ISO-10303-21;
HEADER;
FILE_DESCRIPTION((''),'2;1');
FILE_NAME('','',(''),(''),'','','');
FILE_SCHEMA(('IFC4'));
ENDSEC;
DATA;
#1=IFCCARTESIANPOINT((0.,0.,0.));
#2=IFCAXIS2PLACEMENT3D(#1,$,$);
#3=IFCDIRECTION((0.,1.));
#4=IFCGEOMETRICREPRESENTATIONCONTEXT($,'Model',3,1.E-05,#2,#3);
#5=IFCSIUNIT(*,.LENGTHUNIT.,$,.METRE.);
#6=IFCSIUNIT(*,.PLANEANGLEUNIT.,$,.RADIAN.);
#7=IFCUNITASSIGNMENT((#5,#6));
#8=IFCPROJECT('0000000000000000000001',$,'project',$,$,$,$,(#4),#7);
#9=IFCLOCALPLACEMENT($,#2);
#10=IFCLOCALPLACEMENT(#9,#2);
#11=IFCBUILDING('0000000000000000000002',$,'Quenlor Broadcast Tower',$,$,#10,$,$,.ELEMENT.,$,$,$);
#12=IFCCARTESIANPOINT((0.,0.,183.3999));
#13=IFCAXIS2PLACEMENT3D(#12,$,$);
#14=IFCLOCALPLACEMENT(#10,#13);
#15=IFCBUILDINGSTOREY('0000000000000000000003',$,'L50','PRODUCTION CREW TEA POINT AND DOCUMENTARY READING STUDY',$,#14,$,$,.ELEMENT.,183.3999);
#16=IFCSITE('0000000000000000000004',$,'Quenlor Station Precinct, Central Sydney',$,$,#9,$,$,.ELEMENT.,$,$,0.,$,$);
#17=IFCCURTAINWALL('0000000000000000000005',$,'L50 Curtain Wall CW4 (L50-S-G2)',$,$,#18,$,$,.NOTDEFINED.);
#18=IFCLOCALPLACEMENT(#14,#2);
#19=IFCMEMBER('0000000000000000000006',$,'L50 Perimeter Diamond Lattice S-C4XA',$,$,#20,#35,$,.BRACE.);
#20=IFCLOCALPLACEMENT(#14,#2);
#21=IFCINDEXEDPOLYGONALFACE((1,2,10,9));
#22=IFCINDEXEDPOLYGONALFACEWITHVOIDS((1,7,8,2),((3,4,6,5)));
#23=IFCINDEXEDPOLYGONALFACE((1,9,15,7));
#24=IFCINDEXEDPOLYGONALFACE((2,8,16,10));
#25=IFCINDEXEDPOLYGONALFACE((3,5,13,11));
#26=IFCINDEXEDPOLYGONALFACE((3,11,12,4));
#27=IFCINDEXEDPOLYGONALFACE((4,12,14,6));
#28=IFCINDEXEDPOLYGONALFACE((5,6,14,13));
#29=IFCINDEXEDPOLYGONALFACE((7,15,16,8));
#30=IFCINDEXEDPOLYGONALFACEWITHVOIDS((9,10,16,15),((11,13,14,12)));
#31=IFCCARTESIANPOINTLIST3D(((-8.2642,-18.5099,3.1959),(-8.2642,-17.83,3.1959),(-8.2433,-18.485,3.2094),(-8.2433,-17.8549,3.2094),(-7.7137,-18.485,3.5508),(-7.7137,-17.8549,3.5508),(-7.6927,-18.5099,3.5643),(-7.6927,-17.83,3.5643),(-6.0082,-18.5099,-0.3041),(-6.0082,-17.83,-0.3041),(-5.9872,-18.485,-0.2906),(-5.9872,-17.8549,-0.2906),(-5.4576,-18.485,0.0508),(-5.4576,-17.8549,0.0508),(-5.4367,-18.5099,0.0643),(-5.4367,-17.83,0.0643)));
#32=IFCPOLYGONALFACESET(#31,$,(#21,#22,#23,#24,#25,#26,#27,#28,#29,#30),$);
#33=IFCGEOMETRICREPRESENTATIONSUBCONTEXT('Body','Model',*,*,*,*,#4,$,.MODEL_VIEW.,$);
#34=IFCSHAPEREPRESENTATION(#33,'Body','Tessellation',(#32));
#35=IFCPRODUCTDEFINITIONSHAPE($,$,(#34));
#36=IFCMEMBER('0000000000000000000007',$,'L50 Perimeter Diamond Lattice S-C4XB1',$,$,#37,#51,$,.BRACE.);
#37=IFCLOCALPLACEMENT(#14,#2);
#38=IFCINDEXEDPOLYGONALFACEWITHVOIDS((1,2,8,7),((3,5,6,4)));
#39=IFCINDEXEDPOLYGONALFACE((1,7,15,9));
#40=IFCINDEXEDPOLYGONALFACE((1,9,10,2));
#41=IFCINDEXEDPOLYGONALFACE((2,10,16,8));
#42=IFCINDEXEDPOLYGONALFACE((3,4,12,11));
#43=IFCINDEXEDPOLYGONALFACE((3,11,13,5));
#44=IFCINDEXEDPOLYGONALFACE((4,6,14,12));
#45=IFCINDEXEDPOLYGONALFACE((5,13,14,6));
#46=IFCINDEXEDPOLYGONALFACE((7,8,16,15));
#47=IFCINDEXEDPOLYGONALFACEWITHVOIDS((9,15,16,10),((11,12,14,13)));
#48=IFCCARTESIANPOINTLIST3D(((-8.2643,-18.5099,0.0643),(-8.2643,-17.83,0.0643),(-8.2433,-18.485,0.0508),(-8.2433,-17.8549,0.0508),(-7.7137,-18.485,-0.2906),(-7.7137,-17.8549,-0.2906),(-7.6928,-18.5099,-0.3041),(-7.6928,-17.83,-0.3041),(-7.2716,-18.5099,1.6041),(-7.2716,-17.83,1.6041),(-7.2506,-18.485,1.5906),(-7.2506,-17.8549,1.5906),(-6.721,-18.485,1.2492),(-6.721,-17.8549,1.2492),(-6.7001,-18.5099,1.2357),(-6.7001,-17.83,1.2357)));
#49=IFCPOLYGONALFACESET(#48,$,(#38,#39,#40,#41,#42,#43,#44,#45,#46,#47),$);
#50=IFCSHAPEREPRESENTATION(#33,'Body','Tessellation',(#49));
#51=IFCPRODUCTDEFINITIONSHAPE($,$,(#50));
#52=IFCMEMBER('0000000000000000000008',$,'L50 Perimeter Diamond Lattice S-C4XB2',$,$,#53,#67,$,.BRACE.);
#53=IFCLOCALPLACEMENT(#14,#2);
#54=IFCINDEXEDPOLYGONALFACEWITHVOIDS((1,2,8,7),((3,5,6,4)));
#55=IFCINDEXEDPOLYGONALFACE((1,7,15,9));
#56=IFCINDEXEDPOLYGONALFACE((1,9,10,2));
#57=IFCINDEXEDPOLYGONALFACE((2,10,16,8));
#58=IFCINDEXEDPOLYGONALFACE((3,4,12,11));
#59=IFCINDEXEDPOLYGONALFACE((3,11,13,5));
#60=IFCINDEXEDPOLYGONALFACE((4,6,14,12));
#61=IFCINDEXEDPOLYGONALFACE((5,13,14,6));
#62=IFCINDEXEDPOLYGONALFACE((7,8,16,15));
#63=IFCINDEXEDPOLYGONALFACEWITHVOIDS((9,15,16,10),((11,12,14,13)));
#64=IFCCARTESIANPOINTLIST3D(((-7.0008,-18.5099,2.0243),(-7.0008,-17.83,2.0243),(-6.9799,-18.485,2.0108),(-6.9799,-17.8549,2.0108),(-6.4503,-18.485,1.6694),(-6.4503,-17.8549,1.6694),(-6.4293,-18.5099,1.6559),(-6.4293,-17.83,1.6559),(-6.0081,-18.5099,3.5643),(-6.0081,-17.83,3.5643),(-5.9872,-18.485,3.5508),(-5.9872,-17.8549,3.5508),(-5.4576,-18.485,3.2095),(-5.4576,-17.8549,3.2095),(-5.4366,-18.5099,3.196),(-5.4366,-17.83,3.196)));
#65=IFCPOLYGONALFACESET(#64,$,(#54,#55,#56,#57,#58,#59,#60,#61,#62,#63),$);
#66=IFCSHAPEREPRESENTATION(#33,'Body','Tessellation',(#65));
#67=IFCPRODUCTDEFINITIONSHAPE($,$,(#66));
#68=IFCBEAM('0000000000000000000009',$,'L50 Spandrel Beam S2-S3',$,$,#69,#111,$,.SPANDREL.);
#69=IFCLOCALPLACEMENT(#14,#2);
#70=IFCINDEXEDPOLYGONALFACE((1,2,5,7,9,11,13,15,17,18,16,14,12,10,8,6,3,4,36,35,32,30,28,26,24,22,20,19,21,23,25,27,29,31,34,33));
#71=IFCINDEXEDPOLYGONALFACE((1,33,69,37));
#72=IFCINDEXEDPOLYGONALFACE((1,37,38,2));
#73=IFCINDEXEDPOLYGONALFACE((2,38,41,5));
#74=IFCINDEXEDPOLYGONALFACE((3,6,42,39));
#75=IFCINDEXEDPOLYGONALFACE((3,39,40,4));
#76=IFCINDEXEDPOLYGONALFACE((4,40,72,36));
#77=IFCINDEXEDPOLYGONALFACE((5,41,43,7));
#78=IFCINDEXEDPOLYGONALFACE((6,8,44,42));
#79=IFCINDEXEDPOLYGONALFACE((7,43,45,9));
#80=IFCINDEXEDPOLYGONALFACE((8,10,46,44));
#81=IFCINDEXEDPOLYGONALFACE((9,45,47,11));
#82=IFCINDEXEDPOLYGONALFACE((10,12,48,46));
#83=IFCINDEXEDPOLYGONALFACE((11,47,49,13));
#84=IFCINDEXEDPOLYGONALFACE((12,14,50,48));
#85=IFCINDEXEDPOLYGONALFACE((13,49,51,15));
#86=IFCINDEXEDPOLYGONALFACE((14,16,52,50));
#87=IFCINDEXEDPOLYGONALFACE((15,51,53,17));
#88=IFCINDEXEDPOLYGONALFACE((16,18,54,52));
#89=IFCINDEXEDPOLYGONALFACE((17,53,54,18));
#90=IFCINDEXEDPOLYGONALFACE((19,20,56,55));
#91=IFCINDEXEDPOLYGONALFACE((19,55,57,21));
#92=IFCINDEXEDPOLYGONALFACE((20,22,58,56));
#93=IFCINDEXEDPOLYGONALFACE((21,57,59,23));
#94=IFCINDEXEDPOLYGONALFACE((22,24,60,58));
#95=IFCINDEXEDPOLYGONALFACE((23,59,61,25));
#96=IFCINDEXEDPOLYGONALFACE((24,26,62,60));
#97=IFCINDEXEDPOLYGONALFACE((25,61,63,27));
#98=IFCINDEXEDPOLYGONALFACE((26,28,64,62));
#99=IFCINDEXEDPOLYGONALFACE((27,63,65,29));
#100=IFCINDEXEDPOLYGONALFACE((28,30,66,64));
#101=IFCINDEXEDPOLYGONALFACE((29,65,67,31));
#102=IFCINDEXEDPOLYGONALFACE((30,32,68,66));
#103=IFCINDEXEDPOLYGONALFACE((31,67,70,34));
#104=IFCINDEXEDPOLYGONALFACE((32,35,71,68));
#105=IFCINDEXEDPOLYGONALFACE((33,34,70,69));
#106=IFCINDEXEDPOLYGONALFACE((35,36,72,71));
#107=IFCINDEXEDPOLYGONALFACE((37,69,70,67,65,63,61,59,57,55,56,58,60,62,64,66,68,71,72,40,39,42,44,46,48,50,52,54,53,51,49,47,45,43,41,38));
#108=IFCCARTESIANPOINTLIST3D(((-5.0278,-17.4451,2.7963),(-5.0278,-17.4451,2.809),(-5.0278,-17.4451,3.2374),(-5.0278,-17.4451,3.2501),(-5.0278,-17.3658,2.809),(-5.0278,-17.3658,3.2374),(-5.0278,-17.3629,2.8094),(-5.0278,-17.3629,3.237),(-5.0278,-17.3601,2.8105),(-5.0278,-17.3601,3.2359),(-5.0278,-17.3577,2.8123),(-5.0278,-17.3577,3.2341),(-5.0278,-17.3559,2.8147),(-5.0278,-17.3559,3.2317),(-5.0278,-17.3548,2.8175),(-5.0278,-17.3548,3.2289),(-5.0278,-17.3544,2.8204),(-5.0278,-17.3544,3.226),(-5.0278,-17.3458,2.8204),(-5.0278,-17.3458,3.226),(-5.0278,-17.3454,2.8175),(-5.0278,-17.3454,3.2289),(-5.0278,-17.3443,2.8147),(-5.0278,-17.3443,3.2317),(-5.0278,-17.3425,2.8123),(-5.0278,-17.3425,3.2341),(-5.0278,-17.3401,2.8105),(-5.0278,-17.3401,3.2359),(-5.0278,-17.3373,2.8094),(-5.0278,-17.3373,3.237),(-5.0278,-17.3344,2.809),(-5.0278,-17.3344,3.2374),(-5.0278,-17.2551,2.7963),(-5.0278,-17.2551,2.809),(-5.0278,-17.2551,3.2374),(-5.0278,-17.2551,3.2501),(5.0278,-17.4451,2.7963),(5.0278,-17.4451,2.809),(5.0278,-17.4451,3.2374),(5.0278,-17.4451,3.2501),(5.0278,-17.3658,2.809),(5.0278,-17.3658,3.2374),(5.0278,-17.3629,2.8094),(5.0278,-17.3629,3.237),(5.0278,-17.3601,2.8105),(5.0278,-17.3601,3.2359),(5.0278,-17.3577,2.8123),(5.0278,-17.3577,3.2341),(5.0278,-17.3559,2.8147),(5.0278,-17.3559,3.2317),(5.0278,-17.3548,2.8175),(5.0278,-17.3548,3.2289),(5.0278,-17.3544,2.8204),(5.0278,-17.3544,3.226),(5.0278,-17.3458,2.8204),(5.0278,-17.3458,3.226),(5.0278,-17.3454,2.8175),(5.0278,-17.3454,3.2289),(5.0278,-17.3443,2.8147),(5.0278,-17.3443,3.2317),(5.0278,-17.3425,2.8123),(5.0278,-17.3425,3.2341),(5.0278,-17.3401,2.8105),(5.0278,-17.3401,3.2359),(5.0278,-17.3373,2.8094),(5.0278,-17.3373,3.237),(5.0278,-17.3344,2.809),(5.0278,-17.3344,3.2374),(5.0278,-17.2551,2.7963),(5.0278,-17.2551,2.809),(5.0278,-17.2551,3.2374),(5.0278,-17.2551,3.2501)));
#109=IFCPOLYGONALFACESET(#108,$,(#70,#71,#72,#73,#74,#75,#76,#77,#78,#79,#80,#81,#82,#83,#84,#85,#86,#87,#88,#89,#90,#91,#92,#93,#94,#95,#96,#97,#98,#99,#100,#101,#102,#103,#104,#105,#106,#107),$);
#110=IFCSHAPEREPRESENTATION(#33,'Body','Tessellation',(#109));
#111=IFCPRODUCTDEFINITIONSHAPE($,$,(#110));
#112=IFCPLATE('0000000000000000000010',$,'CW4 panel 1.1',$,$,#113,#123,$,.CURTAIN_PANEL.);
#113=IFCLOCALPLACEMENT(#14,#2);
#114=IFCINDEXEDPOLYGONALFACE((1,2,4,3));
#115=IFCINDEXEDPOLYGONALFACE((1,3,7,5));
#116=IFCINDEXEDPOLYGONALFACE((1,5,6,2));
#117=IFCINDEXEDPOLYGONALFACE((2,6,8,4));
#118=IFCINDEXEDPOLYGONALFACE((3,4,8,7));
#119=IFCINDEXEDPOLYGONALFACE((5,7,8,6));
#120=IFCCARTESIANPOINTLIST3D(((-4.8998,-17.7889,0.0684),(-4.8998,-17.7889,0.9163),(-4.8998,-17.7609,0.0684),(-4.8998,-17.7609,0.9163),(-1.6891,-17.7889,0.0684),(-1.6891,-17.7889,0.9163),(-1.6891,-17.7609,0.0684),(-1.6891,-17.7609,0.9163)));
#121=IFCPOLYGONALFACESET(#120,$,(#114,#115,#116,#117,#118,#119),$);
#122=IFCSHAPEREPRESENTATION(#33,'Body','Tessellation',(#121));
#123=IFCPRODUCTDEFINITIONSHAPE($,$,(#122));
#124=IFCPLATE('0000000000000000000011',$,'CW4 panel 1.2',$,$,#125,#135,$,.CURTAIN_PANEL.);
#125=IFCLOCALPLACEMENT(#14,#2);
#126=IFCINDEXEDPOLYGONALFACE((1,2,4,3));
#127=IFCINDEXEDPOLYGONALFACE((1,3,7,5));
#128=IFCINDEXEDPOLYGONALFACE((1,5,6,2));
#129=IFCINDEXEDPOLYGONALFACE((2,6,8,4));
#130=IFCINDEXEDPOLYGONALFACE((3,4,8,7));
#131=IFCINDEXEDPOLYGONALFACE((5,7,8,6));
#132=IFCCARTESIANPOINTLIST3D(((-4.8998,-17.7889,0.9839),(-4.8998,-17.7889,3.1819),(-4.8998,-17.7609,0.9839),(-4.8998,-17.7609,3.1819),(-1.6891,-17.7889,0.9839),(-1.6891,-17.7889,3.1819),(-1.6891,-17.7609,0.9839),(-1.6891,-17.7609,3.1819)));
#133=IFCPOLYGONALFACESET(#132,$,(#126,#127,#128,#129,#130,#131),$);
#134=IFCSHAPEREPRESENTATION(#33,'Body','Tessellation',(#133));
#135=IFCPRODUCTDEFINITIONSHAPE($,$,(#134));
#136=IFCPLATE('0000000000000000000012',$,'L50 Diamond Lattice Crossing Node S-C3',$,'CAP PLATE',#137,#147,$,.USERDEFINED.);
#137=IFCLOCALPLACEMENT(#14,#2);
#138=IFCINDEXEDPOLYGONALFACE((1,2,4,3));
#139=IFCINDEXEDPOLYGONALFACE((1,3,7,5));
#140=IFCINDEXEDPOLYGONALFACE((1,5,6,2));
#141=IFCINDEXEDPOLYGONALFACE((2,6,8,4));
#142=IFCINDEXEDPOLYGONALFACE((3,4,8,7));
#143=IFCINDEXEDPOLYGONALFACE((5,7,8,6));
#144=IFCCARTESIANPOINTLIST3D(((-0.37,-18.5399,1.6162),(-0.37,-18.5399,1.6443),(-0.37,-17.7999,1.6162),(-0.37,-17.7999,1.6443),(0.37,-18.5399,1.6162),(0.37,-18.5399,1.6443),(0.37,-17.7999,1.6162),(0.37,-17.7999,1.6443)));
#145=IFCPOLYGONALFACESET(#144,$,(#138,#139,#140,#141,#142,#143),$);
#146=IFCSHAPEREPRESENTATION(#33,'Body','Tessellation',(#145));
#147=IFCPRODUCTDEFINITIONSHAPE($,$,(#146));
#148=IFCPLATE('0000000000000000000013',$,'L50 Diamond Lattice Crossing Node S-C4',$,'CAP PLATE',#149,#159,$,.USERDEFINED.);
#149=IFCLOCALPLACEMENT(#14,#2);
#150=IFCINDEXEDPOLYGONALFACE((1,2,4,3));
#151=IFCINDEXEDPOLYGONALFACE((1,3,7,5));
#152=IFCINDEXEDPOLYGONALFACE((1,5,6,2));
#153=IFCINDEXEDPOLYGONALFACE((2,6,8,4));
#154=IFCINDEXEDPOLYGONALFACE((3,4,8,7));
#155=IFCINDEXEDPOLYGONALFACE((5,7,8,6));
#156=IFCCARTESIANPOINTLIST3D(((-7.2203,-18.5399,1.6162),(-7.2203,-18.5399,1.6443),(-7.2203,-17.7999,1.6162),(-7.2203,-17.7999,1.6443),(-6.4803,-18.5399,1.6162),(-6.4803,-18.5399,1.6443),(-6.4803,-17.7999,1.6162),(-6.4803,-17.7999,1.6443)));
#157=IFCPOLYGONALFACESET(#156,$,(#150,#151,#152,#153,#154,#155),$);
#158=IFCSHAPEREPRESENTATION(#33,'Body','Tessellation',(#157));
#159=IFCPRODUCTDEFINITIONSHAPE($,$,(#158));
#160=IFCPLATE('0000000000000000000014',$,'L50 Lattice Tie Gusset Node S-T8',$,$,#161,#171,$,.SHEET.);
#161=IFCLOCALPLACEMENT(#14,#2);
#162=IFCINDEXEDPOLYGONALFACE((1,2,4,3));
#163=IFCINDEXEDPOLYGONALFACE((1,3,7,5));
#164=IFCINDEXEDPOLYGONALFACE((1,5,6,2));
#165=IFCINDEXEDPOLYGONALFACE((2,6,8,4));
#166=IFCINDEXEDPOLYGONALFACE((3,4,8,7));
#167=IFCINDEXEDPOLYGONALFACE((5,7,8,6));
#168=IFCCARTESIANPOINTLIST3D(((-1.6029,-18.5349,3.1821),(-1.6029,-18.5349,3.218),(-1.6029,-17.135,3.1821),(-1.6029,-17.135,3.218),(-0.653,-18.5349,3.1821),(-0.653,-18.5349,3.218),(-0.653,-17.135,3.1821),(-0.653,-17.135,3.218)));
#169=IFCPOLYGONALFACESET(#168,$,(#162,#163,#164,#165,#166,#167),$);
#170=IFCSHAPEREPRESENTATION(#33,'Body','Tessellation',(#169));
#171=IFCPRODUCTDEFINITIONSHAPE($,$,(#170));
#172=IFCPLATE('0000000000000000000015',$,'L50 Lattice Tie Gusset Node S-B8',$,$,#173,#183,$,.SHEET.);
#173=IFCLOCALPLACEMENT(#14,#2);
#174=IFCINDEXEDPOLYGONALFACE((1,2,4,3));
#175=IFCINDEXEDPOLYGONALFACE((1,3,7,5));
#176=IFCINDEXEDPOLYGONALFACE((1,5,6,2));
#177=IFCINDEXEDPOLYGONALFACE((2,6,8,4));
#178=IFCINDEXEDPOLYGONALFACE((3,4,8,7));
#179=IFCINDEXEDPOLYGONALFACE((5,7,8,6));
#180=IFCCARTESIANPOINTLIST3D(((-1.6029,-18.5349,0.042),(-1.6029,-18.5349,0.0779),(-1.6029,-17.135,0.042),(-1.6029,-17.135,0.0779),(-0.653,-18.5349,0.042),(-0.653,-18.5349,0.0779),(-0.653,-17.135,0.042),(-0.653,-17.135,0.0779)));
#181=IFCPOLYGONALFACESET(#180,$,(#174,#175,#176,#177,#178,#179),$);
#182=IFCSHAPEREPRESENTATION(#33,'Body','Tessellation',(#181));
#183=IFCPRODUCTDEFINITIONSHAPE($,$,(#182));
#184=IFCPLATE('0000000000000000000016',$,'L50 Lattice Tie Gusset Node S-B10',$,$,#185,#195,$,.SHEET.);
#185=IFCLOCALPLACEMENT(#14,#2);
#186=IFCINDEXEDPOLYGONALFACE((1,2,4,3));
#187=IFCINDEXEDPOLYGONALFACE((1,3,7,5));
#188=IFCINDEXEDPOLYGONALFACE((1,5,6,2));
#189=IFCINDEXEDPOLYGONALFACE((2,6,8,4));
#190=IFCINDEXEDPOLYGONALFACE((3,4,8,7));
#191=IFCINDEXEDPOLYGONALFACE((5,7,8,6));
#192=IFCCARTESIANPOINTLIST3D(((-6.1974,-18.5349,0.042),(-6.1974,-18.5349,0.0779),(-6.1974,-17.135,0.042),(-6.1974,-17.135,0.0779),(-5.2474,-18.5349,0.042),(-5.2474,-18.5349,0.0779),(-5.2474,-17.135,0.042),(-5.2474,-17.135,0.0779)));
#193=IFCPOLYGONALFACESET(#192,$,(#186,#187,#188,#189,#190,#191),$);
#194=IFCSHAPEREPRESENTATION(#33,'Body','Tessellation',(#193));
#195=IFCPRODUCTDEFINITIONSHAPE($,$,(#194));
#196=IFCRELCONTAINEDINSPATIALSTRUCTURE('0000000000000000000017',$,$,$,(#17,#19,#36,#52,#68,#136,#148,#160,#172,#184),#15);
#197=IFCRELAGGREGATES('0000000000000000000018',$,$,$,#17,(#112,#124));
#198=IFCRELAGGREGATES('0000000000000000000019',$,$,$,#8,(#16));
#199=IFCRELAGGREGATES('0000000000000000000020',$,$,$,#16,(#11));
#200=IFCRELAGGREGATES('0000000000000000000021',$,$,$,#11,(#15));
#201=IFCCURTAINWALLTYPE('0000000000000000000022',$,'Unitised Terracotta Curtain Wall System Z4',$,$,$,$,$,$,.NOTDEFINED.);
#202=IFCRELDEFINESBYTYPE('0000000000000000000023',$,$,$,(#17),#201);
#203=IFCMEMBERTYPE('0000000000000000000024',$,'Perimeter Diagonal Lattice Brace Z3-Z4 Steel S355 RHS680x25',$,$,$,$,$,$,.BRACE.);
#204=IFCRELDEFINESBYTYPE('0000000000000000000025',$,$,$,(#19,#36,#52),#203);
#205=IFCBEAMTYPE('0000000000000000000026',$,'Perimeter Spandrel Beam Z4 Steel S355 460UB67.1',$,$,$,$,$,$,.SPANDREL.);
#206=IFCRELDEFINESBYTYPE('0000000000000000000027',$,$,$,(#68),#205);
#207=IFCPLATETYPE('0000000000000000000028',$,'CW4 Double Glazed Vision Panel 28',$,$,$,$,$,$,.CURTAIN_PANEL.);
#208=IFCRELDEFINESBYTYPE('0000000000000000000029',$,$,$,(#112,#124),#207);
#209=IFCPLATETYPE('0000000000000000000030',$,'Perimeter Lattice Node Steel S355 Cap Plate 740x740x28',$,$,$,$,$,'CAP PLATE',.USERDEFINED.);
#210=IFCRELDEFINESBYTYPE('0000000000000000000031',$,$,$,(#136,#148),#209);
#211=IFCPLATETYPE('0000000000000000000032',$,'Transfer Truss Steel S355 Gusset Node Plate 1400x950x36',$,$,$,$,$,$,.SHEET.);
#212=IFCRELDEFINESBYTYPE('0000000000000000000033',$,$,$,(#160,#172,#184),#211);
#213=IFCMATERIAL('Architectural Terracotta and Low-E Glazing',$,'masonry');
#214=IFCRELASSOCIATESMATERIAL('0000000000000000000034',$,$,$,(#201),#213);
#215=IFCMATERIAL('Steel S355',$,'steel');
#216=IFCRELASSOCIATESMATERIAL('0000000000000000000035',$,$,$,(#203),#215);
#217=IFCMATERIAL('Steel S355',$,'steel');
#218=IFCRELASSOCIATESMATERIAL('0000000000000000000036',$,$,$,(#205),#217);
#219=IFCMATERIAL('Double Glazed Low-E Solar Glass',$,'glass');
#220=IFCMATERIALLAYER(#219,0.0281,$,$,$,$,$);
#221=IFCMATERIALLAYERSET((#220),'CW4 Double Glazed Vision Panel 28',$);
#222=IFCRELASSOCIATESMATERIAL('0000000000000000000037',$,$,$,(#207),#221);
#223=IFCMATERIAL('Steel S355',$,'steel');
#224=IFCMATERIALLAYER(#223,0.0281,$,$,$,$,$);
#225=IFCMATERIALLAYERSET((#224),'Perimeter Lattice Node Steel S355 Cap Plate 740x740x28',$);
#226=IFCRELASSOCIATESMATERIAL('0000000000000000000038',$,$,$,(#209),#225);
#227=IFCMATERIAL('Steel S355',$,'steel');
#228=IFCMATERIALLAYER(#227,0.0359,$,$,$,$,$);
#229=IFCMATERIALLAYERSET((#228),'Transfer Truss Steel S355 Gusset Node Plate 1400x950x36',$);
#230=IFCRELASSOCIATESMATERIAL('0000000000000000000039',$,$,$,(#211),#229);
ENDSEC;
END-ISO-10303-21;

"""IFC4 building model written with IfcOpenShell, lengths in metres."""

from ifc_helpers import new_model, si_unit, direction, frame, origin, origin_2d, place, context, subcontext, project, spatial, rectangle, hollow_rectangle, i_section, extrude, material, layer, layer_set, material_profile, profile_set, type_object, element, aggregate, save


model = new_model("IFC4")

# Units and contexts
model_context = context("Model", 3, precision=1e-05, world=origin(), true_north=direction((0.0, 1.0)))
body_context = subcontext(model_context, "Body", "Model", "MODEL_VIEW")
ifc_project = project(units=[si_unit("LENGTHUNIT", "METRE"), si_unit("PLANEANGLEUNIT", "RADIAN")], contexts=[model_context])

# Site, building, storey
site_placement = place(None, origin())
site = spatial("IfcSite", under=ifc_project, at=site_placement, Name="Quenlor Station Precinct, Central Sydney", CompositionType="ELEMENT", RefElevation=0.0)
building_placement = place(site_placement, origin())
building = spatial("IfcBuilding", under=site, at=building_placement, Name="Quenlor Broadcast Tower", CompositionType="ELEMENT")
storey_placement = place(building_placement, frame((0.0, 0.0, 183.3999)))
storey = spatial("IfcBuildingStorey", under=building, at=storey_placement, Name="L50", Description="PRODUCTION CREW TEA POINT AND DOCUMENTARY READING STUDY", CompositionType="ELEMENT", Elevation=183.3999)

# Curtain wall
ifc_material_1 = material(Name="Architectural Terracotta and Low-E Glazing", Category="masonry")
curtain_wall_type = type_object("IfcCurtainWallType", Name="Unitised Terracotta Curtain Wall System Z4", PredefinedType="NOTDEFINED", material=ifc_material_1)
curtain_wall_placement = place(storey_placement, origin())
curtain_wall = element("IfcCurtainWall", 1, at=curtain_wall_placement, inside=storey, type_object=curtain_wall_type, Name="L50 Curtain Wall CW4 (L50-S-G2)", PredefinedType="NOTDEFINED")

# Members
ifc_material_2 = material(Name="Steel S355", Category="steel")
ifc_material_profile_1 = material_profile(ifc_material_2, hollow_rectangle(XDim=0.6799, YDim=0.6799, WallThickness=0.0249, at=origin_2d()))
ifc_profile_set_1 = profile_set([ifc_material_profile_1], Name="Steel S355 RHS680x680x25")
member_type_1 = type_object("IfcMemberType", Name="Perimeter Diagonal Lattice Brace Z3-Z4 Steel S355 RHS680x25", PredefinedType="BRACE", material=ifc_profile_set_1)
member_1_placement = place(storey_placement, frame((-5.7224, -18.1699, -0.1199), z_axis=(-0.541794, 0.0, 0.840511), x_axis=(0.0, -1.0, 0.0)))
element("IfcMember", 2, at=member_1_placement, inside=storey, type_object=member_type_1, Name="L50 Perimeter Diamond Lattice S-C4XA", PredefinedType="BRACE", context=body_context, shape_type="SweptSolid", body=[
    extrude(hollow_rectangle(XDim=0.6799, YDim=0.6799, WallThickness=0.0249, at=origin_2d()), origin(), (0.0, 0.0, 1.0), 4.1641),
])
member_2_placement = place(storey_placement, frame((-7.9785, -18.1699, -0.1199), z_axis=(0.541842, 0.0, 0.840481), x_axis=(0.0, 1.0, 0.0)))
element("IfcMember", 3, at=member_2_placement, inside=storey, type_object=member_type_1, Name="L50 Perimeter Diamond Lattice S-C4XB1", PredefinedType="BRACE", context=body_context, shape_type="SweptSolid", body=[
    extrude(hollow_rectangle(XDim=0.6799, YDim=0.6799, WallThickness=0.0249, at=origin_2d()), origin(), (0.0, 0.0, 1.0), 1.832),
])
member_3_placement = place(storey_placement, frame((-6.7151, -18.1699, 1.8401), z_axis=(0.541781, 0.0, 0.84052), x_axis=(0.0, 1.0, 0.0)))
element("IfcMember", 4, at=member_3_placement, inside=storey, type_object=member_type_1, Name="L50 Perimeter Diamond Lattice S-C4XB2", PredefinedType="BRACE", context=body_context, shape_type="SweptSolid", body=[
    extrude(hollow_rectangle(XDim=0.6799, YDim=0.6799, WallThickness=0.0249, at=origin_2d()), origin(), (0.0, 0.0, 1.0), 1.8323),
])

# Beam
ifc_material_3 = material(Name="Steel S355", Category="steel")
ifc_material_profile_2 = material_profile(ifc_material_3, i_section(OverallWidth=0.1899, OverallDepth=0.4539, WebThickness=0.0085, FlangeThickness=0.0127, FilletRadius=0.0115, at=origin_2d()))
ifc_profile_set_2 = profile_set([ifc_material_profile_2], Name="Steel S355 460UB67.1")
beam_type_1 = type_object("IfcBeamType", Name="Perimeter Spandrel Beam Z4 Steel S355 460UB67.1", PredefinedType="SPANDREL", material=ifc_profile_set_2)
beam_1_placement = place(storey_placement, frame((-5.0278, -17.3501, 3.0232), z_axis=(1.0, 0.0, 0.0), x_axis=(0.0, 1.0, 0.0)))
element("IfcBeam", 5, at=beam_1_placement, inside=storey, type_object=beam_type_1, Name="L50 Spandrel Beam S2-S3", PredefinedType="SPANDREL", context=body_context, shape_type="SweptSolid", body=[
    extrude(i_section(OverallWidth=0.1899, OverallDepth=0.4539, WebThickness=0.0085, FlangeThickness=0.0127, FilletRadius=0.0115, at=origin_2d()), origin(), (0.0, 0.0, 1.0), 10.0557),
])

# Plates
ifc_material_4 = material(Name="Double Glazed Low-E Solar Glass", Category="glass")
ifc_layer_1 = layer(ifc_material_4, 0.0281)
ifc_layer_set_1 = layer_set([ifc_layer_1], Name="CW4 Double Glazed Vision Panel 28")
plate_type_1 = type_object("IfcPlateType", Name="CW4 Double Glazed Vision Panel 28", PredefinedType="CURTAIN_PANEL", material=ifc_layer_set_1)
plate_1_placement = place(storey_placement, frame((-3.2944, -17.7749, 0.0684), z_axis=(0.0, 0.0, 1.0), x_axis=(-1.0, 0.0, 0.0)))
plate_1 = element("IfcPlate", 6, at=plate_1_placement, type_object=plate_type_1, Name="CW4 panel 1.1", PredefinedType="CURTAIN_PANEL", context=body_context, shape_type="SweptSolid", body=[
    extrude(rectangle(XDim=3.2107, YDim=0.0281, at=origin_2d()), origin(), (0.0, 0.0, 1.0), 0.8479),
])
plate_2_placement = place(storey_placement, frame((-3.2944, -17.7749, 0.9839), z_axis=(0.0, 0.0, 1.0), x_axis=(-1.0, 0.0, 0.0)))
plate_2 = element("IfcPlate", 7, at=plate_2_placement, type_object=plate_type_1, Name="CW4 panel 1.2", PredefinedType="CURTAIN_PANEL", context=body_context, shape_type="SweptSolid", body=[
    extrude(rectangle(XDim=3.2107, YDim=0.0281, at=origin_2d()), origin(), (0.0, 0.0, 1.0), 2.198),
])
aggregate(curtain_wall, [plate_1, plate_2])

# Plates
ifc_material_5 = material(Name="Steel S355", Category="steel")
ifc_layer_2 = layer(ifc_material_5, 0.0281)
ifc_layer_set_2 = layer_set([ifc_layer_2], Name="Perimeter Lattice Node Steel S355 Cap Plate 740x740x28")
plate_type_2 = type_object("IfcPlateType", Name="Perimeter Lattice Node Steel S355 Cap Plate 740x740x28", ElementType="CAP PLATE", PredefinedType="USERDEFINED", material=ifc_layer_set_2)
for number, where, z_axis, x_axis, name in (
    (8, (0.0, -18.1699, 1.6162), (0.0, 0.0, 1.0), (-1.0, 0.0, 0.0), "L50 Diamond Lattice Crossing Node S-C3"),
    (9, (-6.8503, -18.1699, 1.6162), (0.0, 0.0, 1.0), (-1.0, 0.0, 0.0), "L50 Diamond Lattice Crossing Node S-C4"),
):
    element("IfcPlate", number, at=place(storey_placement, frame(where, z_axis=z_axis, x_axis=x_axis)), inside=storey, type_object=plate_type_2, Name=name, ObjectType="CAP PLATE", PredefinedType="USERDEFINED", context=body_context, shape_type="SweptSolid", body=[
        extrude(rectangle(XDim=0.74, YDim=0.74, at=origin_2d()), origin(), (0.0, 0.0, 1.0), 0.0281),
    ])
ifc_material_6 = material(Name="Steel S355", Category="steel")
ifc_layer_3 = layer(ifc_material_6, 0.0359)
ifc_layer_set_3 = layer_set([ifc_layer_3], Name="Transfer Truss Steel S355 Gusset Node Plate 1400x950x36")
plate_type_3 = type_object("IfcPlateType", Name="Transfer Truss Steel S355 Gusset Node Plate 1400x950x36", PredefinedType="SHEET", material=ifc_layer_set_3)
for number, where, z_axis, x_axis, name in (
    (10, (-1.1279, -17.835, 3.1821), (0.0, 0.0, 1.0), (0.0, -1.0, 0.0), "L50 Lattice Tie Gusset Node S-T8"),
    (11, (-1.1279, -17.835, 0.042), (0.0, 0.0, 1.0), (0.0, -1.0, 0.0), "L50 Lattice Tie Gusset Node S-B8"),
    (12, (-5.7224, -17.835, 0.042), (0.0, 0.0, 1.0), (0.0, -1.0, 0.0), "L50 Lattice Tie Gusset Node S-B10"),
):
    element("IfcPlate", number, at=place(storey_placement, frame(where, z_axis=z_axis, x_axis=x_axis)), inside=storey, type_object=plate_type_3, Name=name, PredefinedType="SHEET", context=body_context, shape_type="SweptSolid", body=[
        extrude(rectangle(XDim=1.3999, YDim=0.95, at=origin_2d()), origin(), (0.0, 0.0, 1.0), 0.0359),
    ])

save(model, "model.ifc")
